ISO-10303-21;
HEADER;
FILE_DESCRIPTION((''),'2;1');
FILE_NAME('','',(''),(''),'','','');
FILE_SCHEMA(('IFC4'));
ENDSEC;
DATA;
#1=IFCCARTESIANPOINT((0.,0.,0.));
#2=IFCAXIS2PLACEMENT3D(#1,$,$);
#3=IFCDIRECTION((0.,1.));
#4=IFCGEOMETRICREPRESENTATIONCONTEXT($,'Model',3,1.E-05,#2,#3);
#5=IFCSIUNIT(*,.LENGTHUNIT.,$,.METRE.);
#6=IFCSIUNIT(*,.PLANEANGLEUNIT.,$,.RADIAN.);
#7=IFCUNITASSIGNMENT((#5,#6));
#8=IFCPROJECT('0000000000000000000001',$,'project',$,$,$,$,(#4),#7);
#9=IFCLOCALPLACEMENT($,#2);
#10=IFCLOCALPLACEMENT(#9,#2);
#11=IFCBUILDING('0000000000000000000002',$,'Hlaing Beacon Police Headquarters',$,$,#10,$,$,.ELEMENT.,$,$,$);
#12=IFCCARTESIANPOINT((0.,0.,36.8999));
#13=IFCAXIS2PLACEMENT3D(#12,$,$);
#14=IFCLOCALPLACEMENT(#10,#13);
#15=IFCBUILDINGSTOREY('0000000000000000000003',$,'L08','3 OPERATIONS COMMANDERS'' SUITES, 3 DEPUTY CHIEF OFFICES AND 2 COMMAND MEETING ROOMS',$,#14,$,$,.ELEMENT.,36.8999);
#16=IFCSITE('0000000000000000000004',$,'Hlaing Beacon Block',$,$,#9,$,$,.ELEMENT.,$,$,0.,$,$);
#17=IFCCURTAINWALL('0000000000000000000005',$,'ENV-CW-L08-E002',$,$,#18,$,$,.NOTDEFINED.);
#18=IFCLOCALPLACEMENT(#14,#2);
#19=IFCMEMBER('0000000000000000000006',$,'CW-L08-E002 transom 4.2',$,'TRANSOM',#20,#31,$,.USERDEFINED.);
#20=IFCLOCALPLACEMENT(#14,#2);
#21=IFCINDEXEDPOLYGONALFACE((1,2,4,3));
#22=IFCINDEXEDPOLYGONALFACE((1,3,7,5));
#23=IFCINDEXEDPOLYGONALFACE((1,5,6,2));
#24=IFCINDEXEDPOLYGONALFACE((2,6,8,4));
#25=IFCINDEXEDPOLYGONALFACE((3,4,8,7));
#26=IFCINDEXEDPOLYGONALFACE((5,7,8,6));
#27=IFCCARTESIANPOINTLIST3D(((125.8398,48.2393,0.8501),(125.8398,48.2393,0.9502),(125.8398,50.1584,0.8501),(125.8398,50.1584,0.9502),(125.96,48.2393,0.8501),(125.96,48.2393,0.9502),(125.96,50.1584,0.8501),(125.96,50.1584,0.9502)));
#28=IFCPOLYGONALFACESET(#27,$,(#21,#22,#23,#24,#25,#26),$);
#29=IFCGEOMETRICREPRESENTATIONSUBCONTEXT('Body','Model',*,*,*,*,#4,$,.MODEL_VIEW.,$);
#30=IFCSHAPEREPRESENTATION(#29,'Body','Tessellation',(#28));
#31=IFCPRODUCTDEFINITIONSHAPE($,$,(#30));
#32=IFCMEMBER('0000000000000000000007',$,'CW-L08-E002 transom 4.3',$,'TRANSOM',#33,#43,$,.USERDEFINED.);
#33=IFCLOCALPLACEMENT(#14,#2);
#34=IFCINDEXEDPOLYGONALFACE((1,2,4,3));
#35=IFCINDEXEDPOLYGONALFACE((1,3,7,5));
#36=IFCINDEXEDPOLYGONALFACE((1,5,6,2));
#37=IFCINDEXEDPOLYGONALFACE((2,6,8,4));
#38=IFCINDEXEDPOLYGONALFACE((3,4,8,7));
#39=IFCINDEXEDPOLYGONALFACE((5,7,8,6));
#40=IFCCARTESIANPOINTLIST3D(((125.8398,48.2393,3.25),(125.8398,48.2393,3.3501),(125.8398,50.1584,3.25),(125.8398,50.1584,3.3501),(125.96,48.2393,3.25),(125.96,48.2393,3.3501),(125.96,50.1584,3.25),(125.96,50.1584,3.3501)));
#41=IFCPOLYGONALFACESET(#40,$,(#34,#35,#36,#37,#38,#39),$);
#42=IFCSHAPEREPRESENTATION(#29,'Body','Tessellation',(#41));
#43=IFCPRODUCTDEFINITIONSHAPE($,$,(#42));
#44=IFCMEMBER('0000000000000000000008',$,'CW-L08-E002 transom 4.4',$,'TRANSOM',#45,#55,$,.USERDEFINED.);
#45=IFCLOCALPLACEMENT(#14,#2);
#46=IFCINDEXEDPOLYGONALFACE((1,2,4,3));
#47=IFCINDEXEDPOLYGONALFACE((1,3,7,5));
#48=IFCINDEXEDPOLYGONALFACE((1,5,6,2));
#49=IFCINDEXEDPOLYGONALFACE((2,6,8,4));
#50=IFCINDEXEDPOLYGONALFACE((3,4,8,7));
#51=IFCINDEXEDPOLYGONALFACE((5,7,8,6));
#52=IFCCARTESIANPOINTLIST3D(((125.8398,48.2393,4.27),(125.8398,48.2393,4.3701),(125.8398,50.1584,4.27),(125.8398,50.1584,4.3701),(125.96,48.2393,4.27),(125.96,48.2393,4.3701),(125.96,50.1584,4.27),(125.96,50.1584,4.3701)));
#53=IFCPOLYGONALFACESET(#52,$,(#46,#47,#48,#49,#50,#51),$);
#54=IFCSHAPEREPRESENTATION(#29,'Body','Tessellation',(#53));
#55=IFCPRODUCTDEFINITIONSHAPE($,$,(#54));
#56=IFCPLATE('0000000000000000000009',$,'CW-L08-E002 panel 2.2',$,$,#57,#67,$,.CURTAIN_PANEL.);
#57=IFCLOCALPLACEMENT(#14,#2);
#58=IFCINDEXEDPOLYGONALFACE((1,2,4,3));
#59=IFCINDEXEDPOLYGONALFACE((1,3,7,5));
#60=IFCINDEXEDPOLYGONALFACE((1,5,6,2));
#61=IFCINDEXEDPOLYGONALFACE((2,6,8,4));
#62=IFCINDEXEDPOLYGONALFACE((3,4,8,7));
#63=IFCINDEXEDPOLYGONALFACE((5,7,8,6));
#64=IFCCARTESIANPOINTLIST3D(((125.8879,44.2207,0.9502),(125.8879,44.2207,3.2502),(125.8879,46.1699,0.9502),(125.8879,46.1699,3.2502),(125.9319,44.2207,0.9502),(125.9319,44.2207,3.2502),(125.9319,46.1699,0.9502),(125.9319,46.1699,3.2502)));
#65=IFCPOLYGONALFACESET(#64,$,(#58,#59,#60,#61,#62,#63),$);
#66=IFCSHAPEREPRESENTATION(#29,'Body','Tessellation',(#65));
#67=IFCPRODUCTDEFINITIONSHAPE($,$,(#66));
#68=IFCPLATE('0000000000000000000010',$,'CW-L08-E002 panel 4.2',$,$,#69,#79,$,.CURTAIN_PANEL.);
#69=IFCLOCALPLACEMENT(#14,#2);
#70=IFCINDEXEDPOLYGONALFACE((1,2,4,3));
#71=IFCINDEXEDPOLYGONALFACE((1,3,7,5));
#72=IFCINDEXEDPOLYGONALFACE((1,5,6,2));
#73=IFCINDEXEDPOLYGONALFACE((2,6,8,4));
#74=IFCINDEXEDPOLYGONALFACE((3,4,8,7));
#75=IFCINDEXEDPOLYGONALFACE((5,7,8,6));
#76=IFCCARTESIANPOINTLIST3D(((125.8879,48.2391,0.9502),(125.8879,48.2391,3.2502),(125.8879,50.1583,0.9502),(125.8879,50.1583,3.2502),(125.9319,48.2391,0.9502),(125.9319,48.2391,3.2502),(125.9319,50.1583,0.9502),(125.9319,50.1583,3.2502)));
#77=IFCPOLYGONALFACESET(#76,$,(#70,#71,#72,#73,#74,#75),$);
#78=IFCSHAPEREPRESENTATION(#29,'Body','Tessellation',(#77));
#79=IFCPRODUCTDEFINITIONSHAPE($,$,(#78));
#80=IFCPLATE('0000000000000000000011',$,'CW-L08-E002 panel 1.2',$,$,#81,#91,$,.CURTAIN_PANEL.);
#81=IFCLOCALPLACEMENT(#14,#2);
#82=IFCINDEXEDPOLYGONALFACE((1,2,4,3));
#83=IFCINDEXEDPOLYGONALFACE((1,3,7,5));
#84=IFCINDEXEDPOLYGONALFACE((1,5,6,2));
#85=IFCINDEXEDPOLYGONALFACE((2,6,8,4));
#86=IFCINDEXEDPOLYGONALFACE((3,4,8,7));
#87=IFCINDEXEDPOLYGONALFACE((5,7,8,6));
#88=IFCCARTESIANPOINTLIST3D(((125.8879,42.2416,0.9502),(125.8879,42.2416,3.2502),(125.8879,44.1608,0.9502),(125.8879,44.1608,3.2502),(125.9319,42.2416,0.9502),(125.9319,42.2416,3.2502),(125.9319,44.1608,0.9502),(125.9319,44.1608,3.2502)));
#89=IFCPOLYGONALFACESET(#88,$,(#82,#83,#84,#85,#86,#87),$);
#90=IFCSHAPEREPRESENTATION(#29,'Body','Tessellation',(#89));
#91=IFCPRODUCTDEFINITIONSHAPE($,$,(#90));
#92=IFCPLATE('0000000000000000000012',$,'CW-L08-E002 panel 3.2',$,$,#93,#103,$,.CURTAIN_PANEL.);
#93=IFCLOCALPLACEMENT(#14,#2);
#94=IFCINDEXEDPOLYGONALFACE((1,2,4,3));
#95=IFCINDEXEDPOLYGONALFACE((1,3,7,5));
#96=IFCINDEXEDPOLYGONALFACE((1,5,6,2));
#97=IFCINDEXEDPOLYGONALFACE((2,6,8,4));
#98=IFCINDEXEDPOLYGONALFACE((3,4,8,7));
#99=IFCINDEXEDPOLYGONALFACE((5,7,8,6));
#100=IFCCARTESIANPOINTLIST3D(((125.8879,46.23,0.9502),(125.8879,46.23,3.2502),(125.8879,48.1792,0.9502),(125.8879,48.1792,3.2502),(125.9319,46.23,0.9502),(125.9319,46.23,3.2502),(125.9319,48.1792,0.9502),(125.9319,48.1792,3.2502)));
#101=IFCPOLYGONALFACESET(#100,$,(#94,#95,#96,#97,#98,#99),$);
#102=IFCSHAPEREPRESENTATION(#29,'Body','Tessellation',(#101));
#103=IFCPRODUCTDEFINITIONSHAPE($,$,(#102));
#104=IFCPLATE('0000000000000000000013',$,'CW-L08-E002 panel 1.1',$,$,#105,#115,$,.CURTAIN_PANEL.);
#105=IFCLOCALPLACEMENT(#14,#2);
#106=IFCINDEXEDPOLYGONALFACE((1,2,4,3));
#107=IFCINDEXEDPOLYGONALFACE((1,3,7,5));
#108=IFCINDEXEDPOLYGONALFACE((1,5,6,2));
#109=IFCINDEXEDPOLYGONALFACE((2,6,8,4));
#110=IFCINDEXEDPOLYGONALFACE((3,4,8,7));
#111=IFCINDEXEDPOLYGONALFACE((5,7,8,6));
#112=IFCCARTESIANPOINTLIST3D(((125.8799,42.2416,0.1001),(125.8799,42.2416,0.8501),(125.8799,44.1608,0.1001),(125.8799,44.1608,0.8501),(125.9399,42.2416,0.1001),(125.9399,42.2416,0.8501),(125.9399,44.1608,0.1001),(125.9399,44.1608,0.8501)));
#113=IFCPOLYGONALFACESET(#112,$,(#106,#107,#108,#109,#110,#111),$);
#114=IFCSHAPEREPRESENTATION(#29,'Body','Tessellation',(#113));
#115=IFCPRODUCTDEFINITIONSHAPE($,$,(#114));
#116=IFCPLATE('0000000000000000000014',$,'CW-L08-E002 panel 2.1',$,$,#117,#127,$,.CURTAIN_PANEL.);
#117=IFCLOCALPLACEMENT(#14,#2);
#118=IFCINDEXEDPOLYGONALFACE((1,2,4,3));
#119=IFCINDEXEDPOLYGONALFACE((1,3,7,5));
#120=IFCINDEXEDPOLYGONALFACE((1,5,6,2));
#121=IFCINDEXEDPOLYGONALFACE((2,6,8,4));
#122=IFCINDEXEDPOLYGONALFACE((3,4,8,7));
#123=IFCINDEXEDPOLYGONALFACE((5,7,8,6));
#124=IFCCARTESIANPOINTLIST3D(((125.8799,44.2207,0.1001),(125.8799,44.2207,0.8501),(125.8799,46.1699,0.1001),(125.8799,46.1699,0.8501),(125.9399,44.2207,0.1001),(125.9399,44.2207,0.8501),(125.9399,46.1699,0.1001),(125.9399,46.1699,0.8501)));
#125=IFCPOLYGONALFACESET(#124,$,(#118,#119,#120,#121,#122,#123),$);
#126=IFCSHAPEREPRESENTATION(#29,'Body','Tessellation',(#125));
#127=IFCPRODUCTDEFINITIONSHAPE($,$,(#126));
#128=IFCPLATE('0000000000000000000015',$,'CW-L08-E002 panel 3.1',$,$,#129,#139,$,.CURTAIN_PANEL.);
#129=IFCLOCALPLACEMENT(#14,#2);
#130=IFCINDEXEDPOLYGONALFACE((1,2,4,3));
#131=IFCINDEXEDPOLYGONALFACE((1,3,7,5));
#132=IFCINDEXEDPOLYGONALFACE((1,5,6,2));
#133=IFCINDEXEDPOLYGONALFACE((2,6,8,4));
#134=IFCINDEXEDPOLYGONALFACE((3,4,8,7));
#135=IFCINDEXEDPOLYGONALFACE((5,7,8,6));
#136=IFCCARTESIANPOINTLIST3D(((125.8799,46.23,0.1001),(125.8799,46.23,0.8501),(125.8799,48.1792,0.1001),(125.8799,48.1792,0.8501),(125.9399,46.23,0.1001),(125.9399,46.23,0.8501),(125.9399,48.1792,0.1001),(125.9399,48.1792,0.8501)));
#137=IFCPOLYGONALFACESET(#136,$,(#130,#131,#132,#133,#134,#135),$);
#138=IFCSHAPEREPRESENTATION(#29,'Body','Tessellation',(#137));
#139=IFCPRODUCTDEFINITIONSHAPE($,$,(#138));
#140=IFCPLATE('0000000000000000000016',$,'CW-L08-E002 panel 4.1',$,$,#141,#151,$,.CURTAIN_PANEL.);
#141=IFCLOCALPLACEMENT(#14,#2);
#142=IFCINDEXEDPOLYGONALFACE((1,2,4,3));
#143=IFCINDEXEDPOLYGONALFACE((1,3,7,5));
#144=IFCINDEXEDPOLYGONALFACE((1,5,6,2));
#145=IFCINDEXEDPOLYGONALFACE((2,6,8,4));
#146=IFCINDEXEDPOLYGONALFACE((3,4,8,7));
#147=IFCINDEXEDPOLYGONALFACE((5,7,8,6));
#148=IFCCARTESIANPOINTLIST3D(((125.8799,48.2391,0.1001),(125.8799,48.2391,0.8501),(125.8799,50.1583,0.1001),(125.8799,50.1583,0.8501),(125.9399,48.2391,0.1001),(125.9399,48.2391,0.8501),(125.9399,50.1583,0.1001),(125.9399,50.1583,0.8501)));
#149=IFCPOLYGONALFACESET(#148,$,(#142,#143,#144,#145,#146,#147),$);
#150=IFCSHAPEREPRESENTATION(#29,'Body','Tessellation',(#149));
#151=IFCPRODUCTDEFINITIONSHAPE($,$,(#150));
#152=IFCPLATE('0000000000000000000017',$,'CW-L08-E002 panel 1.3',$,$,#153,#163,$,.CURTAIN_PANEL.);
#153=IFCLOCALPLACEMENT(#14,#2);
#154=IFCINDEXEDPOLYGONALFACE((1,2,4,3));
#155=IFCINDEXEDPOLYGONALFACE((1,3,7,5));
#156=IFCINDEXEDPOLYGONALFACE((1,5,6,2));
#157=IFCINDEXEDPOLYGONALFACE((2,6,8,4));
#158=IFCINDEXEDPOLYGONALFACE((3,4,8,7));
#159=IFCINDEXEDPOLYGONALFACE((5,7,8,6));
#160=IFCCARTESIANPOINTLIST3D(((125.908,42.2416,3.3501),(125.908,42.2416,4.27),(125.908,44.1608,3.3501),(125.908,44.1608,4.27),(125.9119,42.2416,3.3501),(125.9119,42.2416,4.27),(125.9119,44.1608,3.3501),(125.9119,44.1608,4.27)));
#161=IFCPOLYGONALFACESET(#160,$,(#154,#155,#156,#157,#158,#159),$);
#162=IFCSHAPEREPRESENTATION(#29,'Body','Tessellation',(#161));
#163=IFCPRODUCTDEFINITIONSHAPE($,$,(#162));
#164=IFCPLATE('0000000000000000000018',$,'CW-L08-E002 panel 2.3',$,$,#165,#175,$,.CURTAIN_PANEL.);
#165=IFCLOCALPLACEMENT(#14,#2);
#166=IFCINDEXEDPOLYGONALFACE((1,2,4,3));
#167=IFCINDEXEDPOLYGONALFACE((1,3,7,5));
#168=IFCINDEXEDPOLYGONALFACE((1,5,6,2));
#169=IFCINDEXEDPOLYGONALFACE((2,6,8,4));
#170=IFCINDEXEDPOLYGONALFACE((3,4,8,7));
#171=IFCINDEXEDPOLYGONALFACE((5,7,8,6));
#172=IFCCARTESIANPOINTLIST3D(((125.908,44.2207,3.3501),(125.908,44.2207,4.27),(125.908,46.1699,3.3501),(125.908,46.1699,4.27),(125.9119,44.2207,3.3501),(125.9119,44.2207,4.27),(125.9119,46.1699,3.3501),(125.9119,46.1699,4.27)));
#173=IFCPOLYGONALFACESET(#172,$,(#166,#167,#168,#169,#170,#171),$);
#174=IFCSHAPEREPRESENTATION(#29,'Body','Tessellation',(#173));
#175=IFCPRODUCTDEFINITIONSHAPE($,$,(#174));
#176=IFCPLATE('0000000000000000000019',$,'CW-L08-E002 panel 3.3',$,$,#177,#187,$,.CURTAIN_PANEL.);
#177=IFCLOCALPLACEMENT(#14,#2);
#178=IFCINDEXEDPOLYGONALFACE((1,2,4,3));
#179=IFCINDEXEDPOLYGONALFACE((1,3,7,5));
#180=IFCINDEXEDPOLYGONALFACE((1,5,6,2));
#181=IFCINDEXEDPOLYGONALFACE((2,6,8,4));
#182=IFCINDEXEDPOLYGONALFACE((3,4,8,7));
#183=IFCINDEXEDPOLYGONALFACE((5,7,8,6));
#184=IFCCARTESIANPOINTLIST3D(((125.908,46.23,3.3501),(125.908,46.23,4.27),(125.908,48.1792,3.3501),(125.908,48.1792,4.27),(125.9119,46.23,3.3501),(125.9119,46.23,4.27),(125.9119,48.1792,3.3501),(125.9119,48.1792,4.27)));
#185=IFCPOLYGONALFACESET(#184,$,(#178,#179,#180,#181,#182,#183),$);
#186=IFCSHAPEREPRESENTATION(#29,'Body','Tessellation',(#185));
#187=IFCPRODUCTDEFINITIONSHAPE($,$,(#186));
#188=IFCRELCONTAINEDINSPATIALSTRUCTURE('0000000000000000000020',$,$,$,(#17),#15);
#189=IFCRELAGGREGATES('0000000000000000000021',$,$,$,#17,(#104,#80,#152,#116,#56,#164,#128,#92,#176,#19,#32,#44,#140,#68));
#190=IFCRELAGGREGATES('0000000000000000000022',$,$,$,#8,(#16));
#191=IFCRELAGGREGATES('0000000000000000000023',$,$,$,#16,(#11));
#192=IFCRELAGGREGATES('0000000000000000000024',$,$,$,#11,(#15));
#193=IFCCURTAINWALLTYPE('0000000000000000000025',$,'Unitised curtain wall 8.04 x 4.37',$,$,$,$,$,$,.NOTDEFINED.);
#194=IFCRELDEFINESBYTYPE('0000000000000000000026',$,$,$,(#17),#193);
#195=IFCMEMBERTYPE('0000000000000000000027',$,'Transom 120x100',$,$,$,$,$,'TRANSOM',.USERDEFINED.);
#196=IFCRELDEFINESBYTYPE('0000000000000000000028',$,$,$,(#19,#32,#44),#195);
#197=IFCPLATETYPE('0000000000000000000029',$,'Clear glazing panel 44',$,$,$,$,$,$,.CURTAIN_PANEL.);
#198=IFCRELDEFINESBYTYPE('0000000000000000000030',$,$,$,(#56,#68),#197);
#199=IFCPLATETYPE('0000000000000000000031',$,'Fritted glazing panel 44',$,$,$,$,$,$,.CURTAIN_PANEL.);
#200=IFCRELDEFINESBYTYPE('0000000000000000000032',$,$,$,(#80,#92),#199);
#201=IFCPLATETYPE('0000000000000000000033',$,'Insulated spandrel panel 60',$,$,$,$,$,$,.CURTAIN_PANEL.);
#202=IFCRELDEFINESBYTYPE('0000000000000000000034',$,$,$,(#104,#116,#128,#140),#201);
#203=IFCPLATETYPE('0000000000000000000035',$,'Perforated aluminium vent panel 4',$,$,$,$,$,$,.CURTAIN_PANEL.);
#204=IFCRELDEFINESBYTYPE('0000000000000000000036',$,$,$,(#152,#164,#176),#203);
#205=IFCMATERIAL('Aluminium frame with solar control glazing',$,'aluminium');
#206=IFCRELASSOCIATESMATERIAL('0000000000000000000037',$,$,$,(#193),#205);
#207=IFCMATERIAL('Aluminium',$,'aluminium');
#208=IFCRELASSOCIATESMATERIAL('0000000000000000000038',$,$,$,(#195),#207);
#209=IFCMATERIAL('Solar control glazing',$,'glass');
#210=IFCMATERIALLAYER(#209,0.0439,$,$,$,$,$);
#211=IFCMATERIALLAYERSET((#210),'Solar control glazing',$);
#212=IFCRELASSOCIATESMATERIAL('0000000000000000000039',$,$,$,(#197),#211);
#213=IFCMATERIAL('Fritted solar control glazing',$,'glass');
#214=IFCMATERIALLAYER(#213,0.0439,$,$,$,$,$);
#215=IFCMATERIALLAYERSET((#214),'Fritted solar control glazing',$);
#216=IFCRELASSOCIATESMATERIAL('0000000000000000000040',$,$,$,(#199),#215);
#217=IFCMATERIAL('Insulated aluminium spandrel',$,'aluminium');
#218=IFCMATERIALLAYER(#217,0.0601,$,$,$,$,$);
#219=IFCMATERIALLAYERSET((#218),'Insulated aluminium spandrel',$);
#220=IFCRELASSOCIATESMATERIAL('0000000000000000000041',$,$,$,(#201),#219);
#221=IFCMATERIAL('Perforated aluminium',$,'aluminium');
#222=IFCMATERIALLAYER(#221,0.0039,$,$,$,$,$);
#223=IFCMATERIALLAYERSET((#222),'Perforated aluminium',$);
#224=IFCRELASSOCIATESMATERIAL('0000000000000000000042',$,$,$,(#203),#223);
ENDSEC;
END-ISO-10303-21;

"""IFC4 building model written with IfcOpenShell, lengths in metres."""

from ifc_helpers import new_model, si_unit, direction, frame, origin, origin_2d, place, context, subcontext, project, spatial, rectangle, extrude, material, layer, layer_set, material_profile, profile_set, type_object, element, aggregate, save


model = new_model("IFC4")

# Units and contexts
model_context = context("Model", 3, precision=1e-05, world=origin(), true_north=direction((0.0, 1.0)))
body_context = subcontext(model_context, "Body", "Model", "MODEL_VIEW")
ifc_project = project(units=[si_unit("LENGTHUNIT", "METRE"), si_unit("PLANEANGLEUNIT", "RADIAN")], contexts=[model_context])

# Site, building, storey
site_placement = place(None, origin())
site = spatial("IfcSite", under=ifc_project, at=site_placement, Name="Hlaing Beacon Block", CompositionType="ELEMENT", RefElevation=0.0)
building_placement = place(site_placement, origin())
building = spatial("IfcBuilding", under=site, at=building_placement, Name="Hlaing Beacon Police Headquarters", CompositionType="ELEMENT")
storey_placement = place(building_placement, frame((0.0, 0.0, 36.8999)))
storey = spatial("IfcBuildingStorey", under=building, at=storey_placement, Name="L08", Description="3 OPERATIONS COMMANDERS' SUITES, 3 DEPUTY CHIEF OFFICES AND 2 COMMAND MEETING ROOMS", CompositionType="ELEMENT", Elevation=36.8999)

# Curtain wall, members, plates
ifc_material_1 = material(Name="Aluminium frame with solar control glazing", Category="aluminium")
curtain_wall_type = type_object("IfcCurtainWallType", Name="Unitised curtain wall 8.04 x 4.37", PredefinedType="NOTDEFINED", material=ifc_material_1)
curtain_wall_placement = place(storey_placement, origin())
curtain_wall = element("IfcCurtainWall", 1, at=curtain_wall_placement, inside=storey, type_object=curtain_wall_type, Name="ENV-CW-L08-E002", PredefinedType="NOTDEFINED")
ifc_material_2 = material(Name="Aluminium", Category="aluminium")
ifc_material_profile_1 = material_profile(ifc_material_2, rectangle(XDim=0.1201, YDim=0.1001, at=origin_2d()), Name="Transom 120x100")
ifc_profile_set_1 = profile_set([ifc_material_profile_1], Name="Aluminium")
member_type_1 = type_object("IfcMemberType", Name="Transom 120x100", ElementType="TRANSOM", PredefinedType="USERDEFINED", material=ifc_profile_set_1)
member_1_placement = place(storey_placement, frame((125.8999, 48.2393, 0.9001), z_axis=(0.0, 1.0, 0.0), x_axis=(-1.0, 0.0, 0.0)))
member_1 = element("IfcMember", 2, at=member_1_placement, type_object=member_type_1, Name="CW-L08-E002 transom 4.2", ObjectType="TRANSOM", PredefinedType="USERDEFINED", context=body_context, shape_type="SweptSolid", body=[
    extrude(rectangle(XDim=0.1201, YDim=0.1001, at=origin_2d()), origin(), (0.0, 0.0, 1.0), 1.9192),
])
member_2_placement = place(storey_placement, frame((125.8999, 48.2393, 3.3), z_axis=(0.0, 1.0, 0.0), x_axis=(-1.0, 0.0, 0.0)))
member_2 = element("IfcMember", 3, at=member_2_placement, type_object=member_type_1, Name="CW-L08-E002 transom 4.3", ObjectType="TRANSOM", PredefinedType="USERDEFINED", context=body_context, shape_type="SweptSolid", body=[
    extrude(rectangle(XDim=0.1201, YDim=0.1001, at=origin_2d()), origin(), (0.0, 0.0, 1.0), 1.9192),
])
member_3_placement = place(storey_placement, frame((125.8999, 48.2393, 4.3201), z_axis=(0.0, 1.0, 0.0), x_axis=(-1.0, 0.0, 0.0)))
member_3 = element("IfcMember", 4, at=member_3_placement, type_object=member_type_1, Name="CW-L08-E002 transom 4.4", ObjectType="TRANSOM", PredefinedType="USERDEFINED", context=body_context, shape_type="SweptSolid", body=[
    extrude(rectangle(XDim=0.1201, YDim=0.1001, at=origin_2d()), origin(), (0.0, 0.0, 1.0), 1.9192),
])
ifc_material_3 = material(Name="Solar control glazing", Category="glass")
ifc_layer_1 = layer(ifc_material_3, 0.0439)
ifc_layer_set_1 = layer_set([ifc_layer_1], Name="Solar control glazing")
plate_type_1 = type_object("IfcPlateType", Name="Clear glazing panel 44", PredefinedType="CURTAIN_PANEL", material=ifc_layer_set_1)
plate_1_placement = place(storey_placement, frame((125.9099, 45.1953, 0.9502), z_axis=(0.0, 0.0, 1.0), x_axis=(0.0, 1.0, 0.0)))
plate_1 = element("IfcPlate", 5, at=plate_1_placement, type_object=plate_type_1, Name="CW-L08-E002 panel 2.2", PredefinedType="CURTAIN_PANEL", context=body_context, shape_type="SweptSolid", body=[
    extrude(rectangle(XDim=1.9492, YDim=0.0439, at=origin_2d()), origin(), (0.0, 0.0, 1.0), 2.3),
])
plate_2_placement = place(storey_placement, frame((125.9099, 49.1987, 0.9502), z_axis=(0.0, 0.0, 1.0), x_axis=(0.0, 1.0, 0.0)))
plate_2 = element("IfcPlate", 6, at=plate_2_placement, type_object=plate_type_1, Name="CW-L08-E002 panel 4.2", PredefinedType="CURTAIN_PANEL", context=body_context, shape_type="SweptSolid", body=[
    extrude(rectangle(XDim=1.9192, YDim=0.0439, at=origin_2d()), origin(), (0.0, 0.0, 1.0), 2.3),
])
ifc_material_4 = material(Name="Fritted solar control glazing", Category="glass")
ifc_layer_2 = layer(ifc_material_4, 0.0439)
ifc_layer_set_2 = layer_set([ifc_layer_2], Name="Fritted solar control glazing")
plate_type_2 = type_object("IfcPlateType", Name="Fritted glazing panel 44", PredefinedType="CURTAIN_PANEL", material=ifc_layer_set_2)
plate_3_placement = place(storey_placement, frame((125.9099, 43.2012, 0.9502), z_axis=(0.0, 0.0, 1.0), x_axis=(0.0, 1.0, 0.0)))
plate_3 = element("IfcPlate", 7, at=plate_3_placement, type_object=plate_type_2, Name="CW-L08-E002 panel 1.2", PredefinedType="CURTAIN_PANEL", context=body_context, shape_type="SweptSolid", body=[
    extrude(rectangle(XDim=1.9192, YDim=0.0439, at=origin_2d()), origin(), (0.0, 0.0, 1.0), 2.3),
])
plate_4_placement = place(storey_placement, frame((125.9099, 47.2046, 0.9502), z_axis=(0.0, 0.0, 1.0), x_axis=(0.0, 1.0, 0.0)))
plate_4 = element("IfcPlate", 8, at=plate_4_placement, type_object=plate_type_2, Name="CW-L08-E002 panel 3.2", PredefinedType="CURTAIN_PANEL", context=body_context, shape_type="SweptSolid", body=[
    extrude(rectangle(XDim=1.9492, YDim=0.0439, at=origin_2d()), origin(), (0.0, 0.0, 1.0), 2.3),
])
ifc_material_5 = material(Name="Insulated aluminium spandrel", Category="aluminium")
ifc_layer_3 = layer(ifc_material_5, 0.0601)
ifc_layer_set_3 = layer_set([ifc_layer_3], Name="Insulated aluminium spandrel")
plate_type_3 = type_object("IfcPlateType", Name="Insulated spandrel panel 60", PredefinedType="CURTAIN_PANEL", material=ifc_layer_set_3)
plate_5_placement = place(storey_placement, frame((125.9099, 43.2012, 0.1001), z_axis=(0.0, 0.0, 1.0), x_axis=(0.0, 1.0, 0.0)))
plate_5 = element("IfcPlate", 9, at=plate_5_placement, type_object=plate_type_3, Name="CW-L08-E002 panel 1.1", PredefinedType="CURTAIN_PANEL", context=body_context, shape_type="SweptSolid", body=[
    extrude(rectangle(XDim=1.9192, YDim=0.0601, at=origin_2d()), origin(), (0.0, 0.0, 1.0), 0.75),
])
plate_6_placement = place(storey_placement, frame((125.9099, 45.1953, 0.1001), z_axis=(0.0, 0.0, 1.0), x_axis=(0.0, 1.0, 0.0)))
plate_6 = element("IfcPlate", 10, at=plate_6_placement, type_object=plate_type_3, Name="CW-L08-E002 panel 2.1", PredefinedType="CURTAIN_PANEL", context=body_context, shape_type="SweptSolid", body=[
    extrude(rectangle(XDim=1.9492, YDim=0.0601, at=origin_2d()), origin(), (0.0, 0.0, 1.0), 0.75),
])
plate_7_placement = place(storey_placement, frame((125.9099, 47.2046, 0.1001), z_axis=(0.0, 0.0, 1.0), x_axis=(0.0, 1.0, 0.0)))
plate_7 = element("IfcPlate", 11, at=plate_7_placement, type_object=plate_type_3, Name="CW-L08-E002 panel 3.1", PredefinedType="CURTAIN_PANEL", context=body_context, shape_type="SweptSolid", body=[
    extrude(rectangle(XDim=1.9492, YDim=0.0601, at=origin_2d()), origin(), (0.0, 0.0, 1.0), 0.75),
])
plate_8_placement = place(storey_placement, frame((125.9099, 49.1987, 0.1001), z_axis=(0.0, 0.0, 1.0), x_axis=(0.0, 1.0, 0.0)))
plate_8 = element("IfcPlate", 12, at=plate_8_placement, type_object=plate_type_3, Name="CW-L08-E002 panel 4.1", PredefinedType="CURTAIN_PANEL", context=body_context, shape_type="SweptSolid", body=[
    extrude(rectangle(XDim=1.9192, YDim=0.0601, at=origin_2d()), origin(), (0.0, 0.0, 1.0), 0.75),
])
ifc_material_6 = material(Name="Perforated aluminium", Category="aluminium")
ifc_layer_4 = layer(ifc_material_6, 0.0039)
ifc_layer_set_4 = layer_set([ifc_layer_4], Name="Perforated aluminium")
plate_type_4 = type_object("IfcPlateType", Name="Perforated aluminium vent panel 4", PredefinedType="CURTAIN_PANEL", material=ifc_layer_set_4)
plate_9_placement = place(storey_placement, frame((125.9099, 43.2012, 3.3501), z_axis=(0.0, 0.0, 1.0), x_axis=(0.0, 1.0, 0.0)))
plate_9 = element("IfcPlate", 13, at=plate_9_placement, type_object=plate_type_4, Name="CW-L08-E002 panel 1.3", PredefinedType="CURTAIN_PANEL", context=body_context, shape_type="SweptSolid", body=[
    extrude(rectangle(XDim=1.9192, YDim=0.0039, at=origin_2d()), origin(), (0.0, 0.0, 1.0), 0.9199),
])
plate_10_placement = place(storey_placement, frame((125.9099, 45.1953, 3.3501), z_axis=(0.0, 0.0, 1.0), x_axis=(0.0, 1.0, 0.0)))
plate_10 = element("IfcPlate", 14, at=plate_10_placement, type_object=plate_type_4, Name="CW-L08-E002 panel 2.3", PredefinedType="CURTAIN_PANEL", context=body_context, shape_type="SweptSolid", body=[
    extrude(rectangle(XDim=1.9492, YDim=0.0039, at=origin_2d()), origin(), (0.0, 0.0, 1.0), 0.9199),
])
plate_11_placement = place(storey_placement, frame((125.9099, 47.2046, 3.3501), z_axis=(0.0, 0.0, 1.0), x_axis=(0.0, 1.0, 0.0)))
plate_11 = element("IfcPlate", 15, at=plate_11_placement, type_object=plate_type_4, Name="CW-L08-E002 panel 3.3", PredefinedType="CURTAIN_PANEL", context=body_context, shape_type="SweptSolid", body=[
    extrude(rectangle(XDim=1.9492, YDim=0.0039, at=origin_2d()), origin(), (0.0, 0.0, 1.0), 0.9199),
])
aggregate(curtain_wall, [plate_5, plate_3, plate_9, plate_6, plate_1, plate_10, plate_7, plate_4, plate_11, member_1, member_2, member_3, plate_8, plate_2])

save(model, "model.ifc")
